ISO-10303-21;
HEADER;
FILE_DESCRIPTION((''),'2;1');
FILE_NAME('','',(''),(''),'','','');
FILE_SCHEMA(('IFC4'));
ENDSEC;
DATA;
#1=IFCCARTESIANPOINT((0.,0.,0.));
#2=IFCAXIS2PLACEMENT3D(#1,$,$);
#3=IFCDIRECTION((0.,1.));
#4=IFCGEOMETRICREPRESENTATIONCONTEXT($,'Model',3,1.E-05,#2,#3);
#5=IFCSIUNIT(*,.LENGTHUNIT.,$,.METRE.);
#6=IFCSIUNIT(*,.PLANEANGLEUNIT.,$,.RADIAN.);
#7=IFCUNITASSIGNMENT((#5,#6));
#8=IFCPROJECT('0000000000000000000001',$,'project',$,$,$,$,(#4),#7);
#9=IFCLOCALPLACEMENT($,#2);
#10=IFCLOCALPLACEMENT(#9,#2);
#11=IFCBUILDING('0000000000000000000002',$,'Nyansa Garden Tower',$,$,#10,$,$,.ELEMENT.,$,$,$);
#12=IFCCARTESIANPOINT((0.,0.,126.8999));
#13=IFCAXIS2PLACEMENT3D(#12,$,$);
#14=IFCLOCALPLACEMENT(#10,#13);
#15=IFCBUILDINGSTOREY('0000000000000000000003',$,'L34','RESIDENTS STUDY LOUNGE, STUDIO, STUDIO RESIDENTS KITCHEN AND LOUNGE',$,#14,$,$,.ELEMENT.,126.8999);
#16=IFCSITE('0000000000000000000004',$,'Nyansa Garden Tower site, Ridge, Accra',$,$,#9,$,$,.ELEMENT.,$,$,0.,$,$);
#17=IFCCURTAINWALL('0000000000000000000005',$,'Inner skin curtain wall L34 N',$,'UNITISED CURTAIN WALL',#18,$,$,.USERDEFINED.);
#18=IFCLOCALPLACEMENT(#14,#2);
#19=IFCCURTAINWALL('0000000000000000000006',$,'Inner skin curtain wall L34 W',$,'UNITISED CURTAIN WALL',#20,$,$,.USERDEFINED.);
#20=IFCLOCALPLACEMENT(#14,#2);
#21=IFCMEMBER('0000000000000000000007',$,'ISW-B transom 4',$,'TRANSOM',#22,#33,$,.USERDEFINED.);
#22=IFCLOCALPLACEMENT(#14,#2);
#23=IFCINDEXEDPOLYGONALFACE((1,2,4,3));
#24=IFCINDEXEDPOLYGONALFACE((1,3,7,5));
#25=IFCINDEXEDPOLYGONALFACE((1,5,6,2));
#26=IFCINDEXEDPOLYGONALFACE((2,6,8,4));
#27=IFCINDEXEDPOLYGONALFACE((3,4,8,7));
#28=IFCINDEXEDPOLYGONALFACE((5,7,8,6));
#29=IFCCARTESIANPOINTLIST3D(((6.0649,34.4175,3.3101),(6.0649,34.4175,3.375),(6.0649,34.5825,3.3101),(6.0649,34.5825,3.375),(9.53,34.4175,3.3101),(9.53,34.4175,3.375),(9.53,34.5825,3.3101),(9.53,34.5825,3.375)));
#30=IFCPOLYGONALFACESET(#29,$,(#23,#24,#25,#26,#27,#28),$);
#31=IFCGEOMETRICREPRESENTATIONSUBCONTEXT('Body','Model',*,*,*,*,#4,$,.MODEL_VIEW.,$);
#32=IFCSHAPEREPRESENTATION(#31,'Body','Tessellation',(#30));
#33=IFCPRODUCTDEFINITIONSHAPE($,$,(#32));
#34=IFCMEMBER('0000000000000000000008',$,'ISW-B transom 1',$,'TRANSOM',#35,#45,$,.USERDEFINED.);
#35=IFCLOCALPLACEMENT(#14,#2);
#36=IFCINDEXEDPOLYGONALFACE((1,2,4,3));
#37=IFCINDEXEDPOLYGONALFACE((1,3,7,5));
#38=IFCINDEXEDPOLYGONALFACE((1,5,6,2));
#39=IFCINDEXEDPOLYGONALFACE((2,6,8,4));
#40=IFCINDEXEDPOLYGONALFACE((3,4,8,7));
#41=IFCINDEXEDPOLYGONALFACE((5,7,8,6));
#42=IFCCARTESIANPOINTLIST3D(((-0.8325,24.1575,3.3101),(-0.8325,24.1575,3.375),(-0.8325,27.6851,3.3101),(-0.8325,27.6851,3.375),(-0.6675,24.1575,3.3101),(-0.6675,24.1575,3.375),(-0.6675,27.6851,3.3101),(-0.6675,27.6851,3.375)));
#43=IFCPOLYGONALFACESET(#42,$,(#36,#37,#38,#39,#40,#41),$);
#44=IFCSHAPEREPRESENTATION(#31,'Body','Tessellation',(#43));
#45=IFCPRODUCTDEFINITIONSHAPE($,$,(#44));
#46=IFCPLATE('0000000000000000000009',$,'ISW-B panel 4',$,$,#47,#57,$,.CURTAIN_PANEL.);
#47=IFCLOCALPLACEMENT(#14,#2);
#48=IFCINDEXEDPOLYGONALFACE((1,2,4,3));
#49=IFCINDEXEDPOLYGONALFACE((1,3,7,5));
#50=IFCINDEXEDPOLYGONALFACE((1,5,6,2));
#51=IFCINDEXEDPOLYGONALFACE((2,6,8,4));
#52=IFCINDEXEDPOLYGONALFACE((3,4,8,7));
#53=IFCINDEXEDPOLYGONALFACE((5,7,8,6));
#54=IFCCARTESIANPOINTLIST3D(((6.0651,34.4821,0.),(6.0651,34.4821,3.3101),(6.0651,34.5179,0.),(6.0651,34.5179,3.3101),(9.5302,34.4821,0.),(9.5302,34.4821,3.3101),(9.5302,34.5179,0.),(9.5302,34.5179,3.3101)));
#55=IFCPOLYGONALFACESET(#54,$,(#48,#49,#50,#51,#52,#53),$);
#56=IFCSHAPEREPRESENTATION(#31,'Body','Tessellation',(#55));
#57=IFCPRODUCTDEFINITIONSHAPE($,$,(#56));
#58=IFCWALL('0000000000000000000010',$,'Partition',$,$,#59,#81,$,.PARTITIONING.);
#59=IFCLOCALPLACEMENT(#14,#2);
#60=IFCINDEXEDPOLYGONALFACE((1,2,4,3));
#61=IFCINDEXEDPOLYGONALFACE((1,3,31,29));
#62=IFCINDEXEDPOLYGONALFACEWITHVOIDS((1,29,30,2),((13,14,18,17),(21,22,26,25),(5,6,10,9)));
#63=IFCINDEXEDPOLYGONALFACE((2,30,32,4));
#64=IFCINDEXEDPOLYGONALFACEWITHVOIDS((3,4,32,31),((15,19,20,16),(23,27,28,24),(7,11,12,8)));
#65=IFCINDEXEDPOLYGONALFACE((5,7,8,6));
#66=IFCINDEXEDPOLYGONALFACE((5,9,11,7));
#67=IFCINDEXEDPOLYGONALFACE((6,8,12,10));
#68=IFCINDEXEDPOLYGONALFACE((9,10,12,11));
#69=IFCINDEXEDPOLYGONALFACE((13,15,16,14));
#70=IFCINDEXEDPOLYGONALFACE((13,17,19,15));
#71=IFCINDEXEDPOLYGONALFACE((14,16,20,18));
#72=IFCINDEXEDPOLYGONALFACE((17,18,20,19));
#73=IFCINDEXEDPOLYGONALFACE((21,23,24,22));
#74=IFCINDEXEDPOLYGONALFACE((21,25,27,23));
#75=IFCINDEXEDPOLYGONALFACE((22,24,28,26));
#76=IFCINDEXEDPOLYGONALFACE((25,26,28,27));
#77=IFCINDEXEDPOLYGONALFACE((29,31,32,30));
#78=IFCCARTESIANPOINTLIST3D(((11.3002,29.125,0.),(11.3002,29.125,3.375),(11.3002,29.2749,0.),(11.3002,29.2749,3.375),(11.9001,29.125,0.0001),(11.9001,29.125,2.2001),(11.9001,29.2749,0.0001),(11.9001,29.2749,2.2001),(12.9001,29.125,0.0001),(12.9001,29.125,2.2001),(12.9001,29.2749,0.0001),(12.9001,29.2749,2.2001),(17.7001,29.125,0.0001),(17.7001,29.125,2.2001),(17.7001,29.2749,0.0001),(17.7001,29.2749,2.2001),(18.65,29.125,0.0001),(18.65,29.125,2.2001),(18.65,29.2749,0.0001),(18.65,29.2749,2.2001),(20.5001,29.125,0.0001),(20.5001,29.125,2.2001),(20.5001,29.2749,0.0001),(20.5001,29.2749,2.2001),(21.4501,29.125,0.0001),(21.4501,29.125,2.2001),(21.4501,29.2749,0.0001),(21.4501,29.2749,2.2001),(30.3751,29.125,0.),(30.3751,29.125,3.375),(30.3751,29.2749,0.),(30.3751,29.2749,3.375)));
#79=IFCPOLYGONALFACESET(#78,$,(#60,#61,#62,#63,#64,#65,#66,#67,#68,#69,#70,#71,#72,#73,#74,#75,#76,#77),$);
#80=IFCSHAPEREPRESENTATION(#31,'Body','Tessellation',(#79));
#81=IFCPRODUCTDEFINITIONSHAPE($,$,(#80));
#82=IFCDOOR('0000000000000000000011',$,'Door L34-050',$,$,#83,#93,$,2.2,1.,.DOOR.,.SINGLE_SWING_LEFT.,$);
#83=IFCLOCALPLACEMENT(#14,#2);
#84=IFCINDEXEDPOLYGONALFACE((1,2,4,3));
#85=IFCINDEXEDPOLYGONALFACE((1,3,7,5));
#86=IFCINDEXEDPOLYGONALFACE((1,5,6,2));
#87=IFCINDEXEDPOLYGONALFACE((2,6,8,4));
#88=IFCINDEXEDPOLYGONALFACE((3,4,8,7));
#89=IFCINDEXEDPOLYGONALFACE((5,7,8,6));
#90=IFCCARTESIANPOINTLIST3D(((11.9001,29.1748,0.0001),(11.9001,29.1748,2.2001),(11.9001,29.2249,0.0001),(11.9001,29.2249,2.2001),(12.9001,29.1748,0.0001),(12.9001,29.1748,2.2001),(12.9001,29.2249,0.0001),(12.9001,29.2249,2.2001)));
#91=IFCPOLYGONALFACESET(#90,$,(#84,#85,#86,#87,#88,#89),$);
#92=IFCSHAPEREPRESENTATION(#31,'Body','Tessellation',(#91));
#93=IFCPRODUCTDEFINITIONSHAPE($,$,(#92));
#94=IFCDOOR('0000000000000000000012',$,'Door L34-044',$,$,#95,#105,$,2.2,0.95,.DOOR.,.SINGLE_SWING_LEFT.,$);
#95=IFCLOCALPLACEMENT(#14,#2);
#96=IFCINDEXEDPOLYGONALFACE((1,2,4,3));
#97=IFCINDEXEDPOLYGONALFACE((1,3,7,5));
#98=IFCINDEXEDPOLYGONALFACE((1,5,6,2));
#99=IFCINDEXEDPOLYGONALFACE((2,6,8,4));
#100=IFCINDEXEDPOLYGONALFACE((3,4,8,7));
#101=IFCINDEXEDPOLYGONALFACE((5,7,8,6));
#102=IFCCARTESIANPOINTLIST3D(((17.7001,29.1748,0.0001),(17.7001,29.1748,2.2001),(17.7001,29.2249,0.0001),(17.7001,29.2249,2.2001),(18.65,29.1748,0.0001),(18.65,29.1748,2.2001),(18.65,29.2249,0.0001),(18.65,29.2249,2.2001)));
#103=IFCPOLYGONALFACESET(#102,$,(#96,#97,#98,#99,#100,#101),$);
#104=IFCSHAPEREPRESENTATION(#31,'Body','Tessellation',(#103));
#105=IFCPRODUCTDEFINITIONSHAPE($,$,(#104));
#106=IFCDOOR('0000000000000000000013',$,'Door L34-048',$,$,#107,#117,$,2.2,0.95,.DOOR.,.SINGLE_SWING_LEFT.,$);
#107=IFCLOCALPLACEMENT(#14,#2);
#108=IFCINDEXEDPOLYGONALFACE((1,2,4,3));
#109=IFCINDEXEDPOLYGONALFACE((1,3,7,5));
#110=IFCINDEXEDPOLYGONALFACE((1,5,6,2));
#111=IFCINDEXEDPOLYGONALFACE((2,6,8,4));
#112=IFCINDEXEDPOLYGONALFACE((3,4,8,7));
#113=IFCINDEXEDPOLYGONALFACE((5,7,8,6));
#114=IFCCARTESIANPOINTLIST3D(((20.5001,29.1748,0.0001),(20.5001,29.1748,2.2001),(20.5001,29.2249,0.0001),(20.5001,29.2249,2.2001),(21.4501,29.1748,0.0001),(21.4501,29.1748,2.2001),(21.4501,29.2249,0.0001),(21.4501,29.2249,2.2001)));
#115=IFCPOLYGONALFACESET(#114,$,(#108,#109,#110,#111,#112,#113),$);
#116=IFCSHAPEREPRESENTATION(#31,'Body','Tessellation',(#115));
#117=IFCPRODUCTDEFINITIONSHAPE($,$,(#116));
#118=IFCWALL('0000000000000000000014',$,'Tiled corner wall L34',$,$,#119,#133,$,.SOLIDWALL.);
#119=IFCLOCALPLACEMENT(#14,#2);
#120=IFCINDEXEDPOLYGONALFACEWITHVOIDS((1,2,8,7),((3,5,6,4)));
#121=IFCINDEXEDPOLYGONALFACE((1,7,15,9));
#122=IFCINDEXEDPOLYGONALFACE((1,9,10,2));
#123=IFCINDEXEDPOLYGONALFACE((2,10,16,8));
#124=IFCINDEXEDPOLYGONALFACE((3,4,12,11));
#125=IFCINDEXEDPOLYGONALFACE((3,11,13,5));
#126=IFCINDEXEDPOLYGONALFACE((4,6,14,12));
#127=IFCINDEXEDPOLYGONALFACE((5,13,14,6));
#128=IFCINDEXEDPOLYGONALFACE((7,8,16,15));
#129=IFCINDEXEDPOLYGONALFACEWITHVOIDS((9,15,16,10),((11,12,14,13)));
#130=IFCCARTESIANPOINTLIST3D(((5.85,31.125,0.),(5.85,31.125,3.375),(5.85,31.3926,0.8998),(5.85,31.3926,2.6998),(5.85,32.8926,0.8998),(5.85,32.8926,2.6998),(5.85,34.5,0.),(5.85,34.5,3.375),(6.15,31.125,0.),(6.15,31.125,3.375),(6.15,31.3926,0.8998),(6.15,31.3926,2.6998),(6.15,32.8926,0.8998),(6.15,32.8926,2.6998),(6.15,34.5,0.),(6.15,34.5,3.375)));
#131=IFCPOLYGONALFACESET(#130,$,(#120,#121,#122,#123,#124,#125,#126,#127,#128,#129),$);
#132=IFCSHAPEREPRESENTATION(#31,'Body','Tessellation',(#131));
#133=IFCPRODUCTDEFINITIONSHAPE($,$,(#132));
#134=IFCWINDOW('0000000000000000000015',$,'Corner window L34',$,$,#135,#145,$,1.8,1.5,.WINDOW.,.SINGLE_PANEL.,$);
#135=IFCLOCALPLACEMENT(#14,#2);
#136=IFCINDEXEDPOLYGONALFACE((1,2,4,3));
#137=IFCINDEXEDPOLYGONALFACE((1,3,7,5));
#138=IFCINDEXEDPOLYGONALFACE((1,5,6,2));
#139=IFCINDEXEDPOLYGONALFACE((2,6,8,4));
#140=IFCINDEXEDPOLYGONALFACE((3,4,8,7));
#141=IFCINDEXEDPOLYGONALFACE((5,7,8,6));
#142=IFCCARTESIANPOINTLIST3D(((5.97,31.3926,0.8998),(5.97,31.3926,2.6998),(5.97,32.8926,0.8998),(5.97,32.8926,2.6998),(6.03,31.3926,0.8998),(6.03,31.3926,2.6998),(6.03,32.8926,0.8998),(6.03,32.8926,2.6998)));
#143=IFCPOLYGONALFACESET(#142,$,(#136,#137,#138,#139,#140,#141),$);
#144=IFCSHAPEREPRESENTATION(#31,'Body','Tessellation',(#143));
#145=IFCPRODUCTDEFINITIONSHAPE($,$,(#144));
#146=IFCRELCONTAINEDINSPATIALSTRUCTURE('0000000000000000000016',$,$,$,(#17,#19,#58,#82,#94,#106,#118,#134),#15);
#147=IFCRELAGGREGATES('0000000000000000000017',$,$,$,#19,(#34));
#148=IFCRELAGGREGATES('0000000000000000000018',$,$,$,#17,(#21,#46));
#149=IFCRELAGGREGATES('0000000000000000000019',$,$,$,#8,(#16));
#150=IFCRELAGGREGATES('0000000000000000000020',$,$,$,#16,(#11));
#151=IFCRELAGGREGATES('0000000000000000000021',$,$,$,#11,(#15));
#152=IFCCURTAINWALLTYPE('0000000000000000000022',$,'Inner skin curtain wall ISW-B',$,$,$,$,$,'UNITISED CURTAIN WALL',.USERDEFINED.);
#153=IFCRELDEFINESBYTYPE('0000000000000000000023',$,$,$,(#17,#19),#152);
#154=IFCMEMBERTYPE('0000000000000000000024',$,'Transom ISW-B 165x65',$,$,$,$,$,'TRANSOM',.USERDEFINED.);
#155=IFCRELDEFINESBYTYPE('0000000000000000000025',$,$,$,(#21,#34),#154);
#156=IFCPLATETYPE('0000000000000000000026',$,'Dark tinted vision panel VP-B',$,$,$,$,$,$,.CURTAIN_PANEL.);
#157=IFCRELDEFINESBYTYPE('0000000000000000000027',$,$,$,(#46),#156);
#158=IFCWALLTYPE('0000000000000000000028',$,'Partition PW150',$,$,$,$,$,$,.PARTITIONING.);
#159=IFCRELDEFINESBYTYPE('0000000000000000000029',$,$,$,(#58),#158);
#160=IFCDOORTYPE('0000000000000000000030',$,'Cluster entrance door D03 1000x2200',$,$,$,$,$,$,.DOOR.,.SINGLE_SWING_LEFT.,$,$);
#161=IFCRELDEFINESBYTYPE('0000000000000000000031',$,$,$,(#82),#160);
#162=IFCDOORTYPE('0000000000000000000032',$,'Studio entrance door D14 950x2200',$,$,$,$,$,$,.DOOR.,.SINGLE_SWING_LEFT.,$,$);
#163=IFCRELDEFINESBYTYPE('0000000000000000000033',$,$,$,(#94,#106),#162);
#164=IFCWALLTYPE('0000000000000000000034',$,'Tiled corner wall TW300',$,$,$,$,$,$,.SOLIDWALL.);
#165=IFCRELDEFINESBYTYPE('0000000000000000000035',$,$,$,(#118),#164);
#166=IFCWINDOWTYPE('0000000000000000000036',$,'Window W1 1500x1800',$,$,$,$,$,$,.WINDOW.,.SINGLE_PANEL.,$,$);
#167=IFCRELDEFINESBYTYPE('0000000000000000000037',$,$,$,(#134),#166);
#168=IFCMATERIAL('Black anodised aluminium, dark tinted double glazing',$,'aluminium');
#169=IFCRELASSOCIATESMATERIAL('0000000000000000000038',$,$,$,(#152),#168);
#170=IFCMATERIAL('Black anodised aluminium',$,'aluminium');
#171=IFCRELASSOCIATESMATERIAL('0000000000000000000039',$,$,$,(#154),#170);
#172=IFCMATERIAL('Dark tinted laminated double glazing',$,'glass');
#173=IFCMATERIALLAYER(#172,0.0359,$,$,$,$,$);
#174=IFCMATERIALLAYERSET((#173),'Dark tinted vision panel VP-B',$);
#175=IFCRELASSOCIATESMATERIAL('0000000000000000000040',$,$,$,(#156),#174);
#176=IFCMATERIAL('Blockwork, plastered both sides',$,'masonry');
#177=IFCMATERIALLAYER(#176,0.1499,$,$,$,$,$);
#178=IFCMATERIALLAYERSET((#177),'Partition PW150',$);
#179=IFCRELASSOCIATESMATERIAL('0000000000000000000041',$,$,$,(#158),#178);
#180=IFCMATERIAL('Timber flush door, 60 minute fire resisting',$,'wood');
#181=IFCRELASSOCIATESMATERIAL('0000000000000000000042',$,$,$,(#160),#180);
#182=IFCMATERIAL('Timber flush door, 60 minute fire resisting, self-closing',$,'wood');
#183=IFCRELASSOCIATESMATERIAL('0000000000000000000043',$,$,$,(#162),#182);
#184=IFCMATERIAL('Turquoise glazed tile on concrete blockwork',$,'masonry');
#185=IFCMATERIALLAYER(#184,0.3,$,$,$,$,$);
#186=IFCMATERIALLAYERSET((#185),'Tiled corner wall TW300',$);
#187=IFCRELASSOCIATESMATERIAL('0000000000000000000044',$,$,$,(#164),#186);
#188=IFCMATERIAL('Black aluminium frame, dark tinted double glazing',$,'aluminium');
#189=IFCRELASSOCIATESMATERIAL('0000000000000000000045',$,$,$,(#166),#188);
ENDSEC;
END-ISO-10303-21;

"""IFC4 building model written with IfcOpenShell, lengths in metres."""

from ifc_helpers import new_model, si_unit, direction, frame, frame_2d, origin, origin_2d, place, context, subcontext, project, spatial, rectangle, extrude, material, layer, layer_set, material_profile, profile_set, type_object, element, fill, aggregate, save


model = new_model("IFC4")

# Units and contexts
model_context = context("Model", 3, precision=1e-05, world=origin(), true_north=direction((0.0, 1.0)))
body_context = subcontext(model_context, "Body", "Model", "MODEL_VIEW")
ifc_project = project(units=[si_unit("LENGTHUNIT", "METRE"), si_unit("PLANEANGLEUNIT", "RADIAN")], contexts=[model_context])

# Site, building, storey
site_placement = place(None, origin())
site = spatial("IfcSite", under=ifc_project, at=site_placement, Name="Nyansa Garden Tower site, Ridge, Accra", CompositionType="ELEMENT", RefElevation=0.0)
building_placement = place(site_placement, origin())
building = spatial("IfcBuilding", under=site, at=building_placement, Name="Nyansa Garden Tower", CompositionType="ELEMENT")
storey_placement = place(building_placement, frame((0.0, 0.0, 126.8999)))
storey = spatial("IfcBuildingStorey", under=building, at=storey_placement, Name="L34", Description="RESIDENTS STUDY LOUNGE, STUDIO, STUDIO RESIDENTS KITCHEN AND LOUNGE", CompositionType="ELEMENT", Elevation=126.8999)

# Curtain wall
ifc_material_1 = material(Name="Black anodised aluminium, dark tinted double glazing", Category="aluminium")
curtain_wall_type = type_object("IfcCurtainWallType", Name="Inner skin curtain wall ISW-B", ElementType="UNITISED CURTAIN WALL", PredefinedType="USERDEFINED", material=ifc_material_1)
curtain_wall_1_placement = place(storey_placement, origin())
curtain_wall_1 = element("IfcCurtainWall", 1, at=curtain_wall_1_placement, inside=storey, type_object=curtain_wall_type, Name="Inner skin curtain wall L34 N", ObjectType="UNITISED CURTAIN WALL", PredefinedType="USERDEFINED")

# Curtain wall
curtain_wall_2_placement = place(storey_placement, origin())
curtain_wall_2 = element("IfcCurtainWall", 2, at=curtain_wall_2_placement, inside=storey, type_object=curtain_wall_type, Name="Inner skin curtain wall L34 W", ObjectType="UNITISED CURTAIN WALL", PredefinedType="USERDEFINED")

# Members
ifc_material_2 = material(Name="Black anodised aluminium", Category="aluminium")
ifc_material_profile_1 = material_profile(ifc_material_2, rectangle(XDim=0.165, YDim=0.0649, at=origin_2d()), Name="Transom 165x65")
ifc_profile_set_1 = profile_set([ifc_material_profile_1], Name="Black anodised aluminium")
member_type_1 = type_object("IfcMemberType", Name="Transom ISW-B 165x65", ElementType="TRANSOM", PredefinedType="USERDEFINED", material=ifc_profile_set_1)
member_1_placement = place(storey_placement, frame((9.53, 34.5, 3.3425), z_axis=(-1.0, 0.0, 0.0), x_axis=(0.0, -1.0, 0.0)))
member_1 = element("IfcMember", 3, at=member_1_placement, type_object=member_type_1, Name="ISW-B transom 4", ObjectType="TRANSOM", PredefinedType="USERDEFINED", context=body_context, shape_type="SweptSolid", body=[
    extrude(rectangle(XDim=0.165, YDim=0.0649, at=origin_2d()), origin(), (0.0, 0.0, 1.0), 3.4651),
])
member_2_placement = place(storey_placement, frame((-0.75, 27.6851, 3.3425), z_axis=(0.0, -1.0, 0.0), x_axis=(1.0, 0.0, 0.0)))
member_2 = element("IfcMember", 4, at=member_2_placement, type_object=member_type_1, Name="ISW-B transom 1", ObjectType="TRANSOM", PredefinedType="USERDEFINED", context=body_context, shape_type="SweptSolid", body=[
    extrude(rectangle(XDim=0.165, YDim=0.0649, at=origin_2d()), origin(), (0.0, 0.0, 1.0), 3.5276),
])
aggregate(curtain_wall_2, [member_2])

# Plate
ifc_material_3 = material(Name="Dark tinted laminated double glazing", Category="glass")
ifc_layer_1 = layer(ifc_material_3, 0.0359)
ifc_layer_set_1 = layer_set([ifc_layer_1], Name="Dark tinted vision panel VP-B")
plate_type = type_object("IfcPlateType", Name="Dark tinted vision panel VP-B", PredefinedType="CURTAIN_PANEL", material=ifc_layer_set_1)
plate_placement = place(storey_placement, frame((7.7976, 34.5, 0.0), z_axis=(0.0, 0.0, 1.0), x_axis=(-1.0, 0.0, 0.0)))
plate = element("IfcPlate", 5, at=plate_placement, type_object=plate_type, Name="ISW-B panel 4", PredefinedType="CURTAIN_PANEL", context=body_context, shape_type="SweptSolid", body=[
    extrude(rectangle(XDim=3.4651, YDim=0.0359, at=origin_2d()), origin(), (0.0, 0.0, 1.0), 3.3101),
])
aggregate(curtain_wall_1, [member_1, plate])

# Wall, openings, doors
ifc_material_4 = material(Name="Blockwork, plastered both sides", Category="masonry")
ifc_layer_2 = layer(ifc_material_4, 0.1499)
ifc_layer_set_2 = layer_set([ifc_layer_2], Name="Partition PW150")
wall_type_1 = type_object("IfcWallType", Name="Partition PW150", PredefinedType="PARTITIONING", material=ifc_layer_set_2)
wall_1_placement = place(storey_placement, frame((11.3, 29.2, 0.0), z_axis=(0.0, 0.0, 1.0), x_axis=(1.0, 0.0, 0.0)))
wall_1 = element("IfcWall", 6, at=wall_1_placement, inside=storey, type_object=wall_type_1, Name="Partition", PredefinedType="PARTITIONING", context=body_context, shape_type="SweptSolid", body=[
    extrude(rectangle(XDim=19.075, YDim=0.1499, at=frame_2d((9.5376, 0.0))), origin(), (0.0, 0.0, 1.0), 3.375),
])
opening_1_placement = place(wall_1_placement, frame((6.3999, 0.0, 0.0)))
opening_1 = element("IfcOpeningElement", 7, at=opening_1_placement, cuts=wall_1, PredefinedType="OPENING", context=body_context, shape_type="SweptSolid", body=[
    extrude(rectangle(XDim=0.95, YDim=2.2, at=frame_2d((0.4751, 1.1001))), frame((0.0, 0.085, 0.0), z_axis=(0.0, -1.0, 0.0), x_axis=(1.0, 0.0, 0.0)), (0.0, 0.0, 1.0), 0.1699),
])
opening_2_placement = place(wall_1_placement, frame((9.2, 0.0, 0.0)))
opening_2 = element("IfcOpeningElement", 8, at=opening_2_placement, cuts=wall_1, PredefinedType="OPENING", context=body_context, shape_type="SweptSolid", body=[
    extrude(rectangle(XDim=0.95, YDim=2.2, at=frame_2d((0.4751, 1.1001))), frame((0.0, 0.085, 0.0), z_axis=(0.0, -1.0, 0.0), x_axis=(1.0, 0.0, 0.0)), (0.0, 0.0, 1.0), 0.1699),
])
opening_3_placement = place(wall_1_placement, frame((0.6001, 0.0, 0.0)))
opening_3 = element("IfcOpeningElement", 9, at=opening_3_placement, cuts=wall_1, PredefinedType="OPENING", context=body_context, shape_type="SweptSolid", body=[
    extrude(rectangle(XDim=1.0, YDim=2.2, at=frame_2d((0.5, 1.1001))), frame((0.0, 0.085, 0.0), z_axis=(0.0, -1.0, 0.0), x_axis=(1.0, 0.0, 0.0)), (0.0, 0.0, 1.0), 0.1699),
])
ifc_material_5 = material(Name="Timber flush door, 60 minute fire resisting", Category="wood")
door_type_1 = type_object("IfcDoorType", Name="Cluster entrance door D03 1000x2200", OperationType="SINGLE_SWING_LEFT", PredefinedType="DOOR", material=ifc_material_5)
door_1_placement = place(opening_3_placement, origin())
door_1 = element("IfcDoor", 10, at=door_1_placement, inside=storey, type_object=door_type_1, Name="Door L34-050", OperationType="SINGLE_SWING_LEFT", OverallHeight=2.2, OverallWidth=1.0, PredefinedType="DOOR", context=body_context, shape_type="SweptSolid", body=[
    extrude(rectangle(XDim=1.0, YDim=2.2, at=frame_2d((0.5, 1.1001))), frame((0.0, 0.0249, 0.0), z_axis=(0.0, -1.0, 0.0), x_axis=(1.0, 0.0, 0.0)), (0.0, 0.0, 1.0), 0.05),
])
fill(opening_3, door_1)
ifc_material_6 = material(Name="Timber flush door, 60 minute fire resisting, self-closing", Category="wood")
door_type_2 = type_object("IfcDoorType", Name="Studio entrance door D14 950x2200", OperationType="SINGLE_SWING_LEFT", PredefinedType="DOOR", material=ifc_material_6)
door_2_placement = place(opening_1_placement, origin())
door_2 = element("IfcDoor", 11, at=door_2_placement, inside=storey, type_object=door_type_2, Name="Door L34-044", OperationType="SINGLE_SWING_LEFT", OverallHeight=2.2, OverallWidth=0.95, PredefinedType="DOOR", context=body_context, shape_type="SweptSolid", body=[
    extrude(rectangle(XDim=0.95, YDim=2.2, at=frame_2d((0.4751, 1.1001))), frame((0.0, 0.0249, 0.0), z_axis=(0.0, -1.0, 0.0), x_axis=(1.0, 0.0, 0.0)), (0.0, 0.0, 1.0), 0.05),
])
fill(opening_1, door_2)
door_3_placement = place(opening_2_placement, origin())
door_3 = element("IfcDoor", 12, at=door_3_placement, inside=storey, type_object=door_type_2, Name="Door L34-048", OperationType="SINGLE_SWING_LEFT", OverallHeight=2.2, OverallWidth=0.95, PredefinedType="DOOR", context=body_context, shape_type="SweptSolid", body=[
    extrude(rectangle(XDim=0.95, YDim=2.2, at=frame_2d((0.4751, 1.1001))), frame((0.0, 0.0249, 0.0), z_axis=(0.0, -1.0, 0.0), x_axis=(1.0, 0.0, 0.0)), (0.0, 0.0, 1.0), 0.05),
])
fill(opening_2, door_3)

# Wall, opening, window
ifc_material_7 = material(Name="Turquoise glazed tile on concrete blockwork", Category="masonry")
ifc_layer_3 = layer(ifc_material_7, 0.3)
ifc_layer_set_3 = layer_set([ifc_layer_3], Name="Tiled corner wall TW300")
wall_type_2 = type_object("IfcWallType", Name="Tiled corner wall TW300", PredefinedType="SOLIDWALL", material=ifc_layer_set_3)
wall_2_placement = place(storey_placement, frame((6.0, 34.5, 0.0), z_axis=(0.0, 0.0, 1.0), x_axis=(0.0, -1.0, 0.0)))
wall_2 = element("IfcWall", 13, at=wall_2_placement, inside=storey, type_object=wall_type_2, Name="Tiled corner wall L34", PredefinedType="SOLIDWALL", context=body_context, shape_type="SweptSolid", body=[
    extrude(rectangle(XDim=3.375, YDim=0.3, at=frame_2d((1.6875, 0.0))), origin(), (0.0, 0.0, 1.0), 3.375),
])
opening_4_placement = place(wall_2_placement, frame((1.6074, 0.0, 0.8999)))
opening_4 = element("IfcOpeningElement", 14, at=opening_4_placement, cuts=wall_2, PredefinedType="OPENING", context=body_context, shape_type="SweptSolid", body=[
    extrude(rectangle(XDim=1.5, YDim=1.8, at=frame_2d((0.75, 0.8999))), frame((0.0, 0.1599, 0.0), z_axis=(0.0, -1.0, 0.0), x_axis=(1.0, 0.0, 0.0)), (0.0, 0.0, 1.0), 0.3201),
])
ifc_material_8 = material(Name="Black aluminium frame, dark tinted double glazing", Category="aluminium")
window_type_1 = type_object("IfcWindowType", Name="Window W1 1500x1800", PartitioningType="SINGLE_PANEL", PredefinedType="WINDOW", material=ifc_material_8)
window_1_placement = place(opening_4_placement, origin())
window_1 = element("IfcWindow", 15, at=window_1_placement, inside=storey, type_object=window_type_1, Name="Corner window L34", OverallHeight=1.8, OverallWidth=1.5, PartitioningType="SINGLE_PANEL", PredefinedType="WINDOW", context=body_context, shape_type="SweptSolid", body=[
    extrude(rectangle(XDim=1.5, YDim=1.8, at=frame_2d((0.75, 0.8999))), frame((0.0, 0.03, 0.0), z_axis=(0.0, -1.0, 0.0), x_axis=(1.0, 0.0, 0.0)), (0.0, 0.0, 1.0), 0.0601),
])
fill(opening_4, window_1)

save(model, "model.ifc")
